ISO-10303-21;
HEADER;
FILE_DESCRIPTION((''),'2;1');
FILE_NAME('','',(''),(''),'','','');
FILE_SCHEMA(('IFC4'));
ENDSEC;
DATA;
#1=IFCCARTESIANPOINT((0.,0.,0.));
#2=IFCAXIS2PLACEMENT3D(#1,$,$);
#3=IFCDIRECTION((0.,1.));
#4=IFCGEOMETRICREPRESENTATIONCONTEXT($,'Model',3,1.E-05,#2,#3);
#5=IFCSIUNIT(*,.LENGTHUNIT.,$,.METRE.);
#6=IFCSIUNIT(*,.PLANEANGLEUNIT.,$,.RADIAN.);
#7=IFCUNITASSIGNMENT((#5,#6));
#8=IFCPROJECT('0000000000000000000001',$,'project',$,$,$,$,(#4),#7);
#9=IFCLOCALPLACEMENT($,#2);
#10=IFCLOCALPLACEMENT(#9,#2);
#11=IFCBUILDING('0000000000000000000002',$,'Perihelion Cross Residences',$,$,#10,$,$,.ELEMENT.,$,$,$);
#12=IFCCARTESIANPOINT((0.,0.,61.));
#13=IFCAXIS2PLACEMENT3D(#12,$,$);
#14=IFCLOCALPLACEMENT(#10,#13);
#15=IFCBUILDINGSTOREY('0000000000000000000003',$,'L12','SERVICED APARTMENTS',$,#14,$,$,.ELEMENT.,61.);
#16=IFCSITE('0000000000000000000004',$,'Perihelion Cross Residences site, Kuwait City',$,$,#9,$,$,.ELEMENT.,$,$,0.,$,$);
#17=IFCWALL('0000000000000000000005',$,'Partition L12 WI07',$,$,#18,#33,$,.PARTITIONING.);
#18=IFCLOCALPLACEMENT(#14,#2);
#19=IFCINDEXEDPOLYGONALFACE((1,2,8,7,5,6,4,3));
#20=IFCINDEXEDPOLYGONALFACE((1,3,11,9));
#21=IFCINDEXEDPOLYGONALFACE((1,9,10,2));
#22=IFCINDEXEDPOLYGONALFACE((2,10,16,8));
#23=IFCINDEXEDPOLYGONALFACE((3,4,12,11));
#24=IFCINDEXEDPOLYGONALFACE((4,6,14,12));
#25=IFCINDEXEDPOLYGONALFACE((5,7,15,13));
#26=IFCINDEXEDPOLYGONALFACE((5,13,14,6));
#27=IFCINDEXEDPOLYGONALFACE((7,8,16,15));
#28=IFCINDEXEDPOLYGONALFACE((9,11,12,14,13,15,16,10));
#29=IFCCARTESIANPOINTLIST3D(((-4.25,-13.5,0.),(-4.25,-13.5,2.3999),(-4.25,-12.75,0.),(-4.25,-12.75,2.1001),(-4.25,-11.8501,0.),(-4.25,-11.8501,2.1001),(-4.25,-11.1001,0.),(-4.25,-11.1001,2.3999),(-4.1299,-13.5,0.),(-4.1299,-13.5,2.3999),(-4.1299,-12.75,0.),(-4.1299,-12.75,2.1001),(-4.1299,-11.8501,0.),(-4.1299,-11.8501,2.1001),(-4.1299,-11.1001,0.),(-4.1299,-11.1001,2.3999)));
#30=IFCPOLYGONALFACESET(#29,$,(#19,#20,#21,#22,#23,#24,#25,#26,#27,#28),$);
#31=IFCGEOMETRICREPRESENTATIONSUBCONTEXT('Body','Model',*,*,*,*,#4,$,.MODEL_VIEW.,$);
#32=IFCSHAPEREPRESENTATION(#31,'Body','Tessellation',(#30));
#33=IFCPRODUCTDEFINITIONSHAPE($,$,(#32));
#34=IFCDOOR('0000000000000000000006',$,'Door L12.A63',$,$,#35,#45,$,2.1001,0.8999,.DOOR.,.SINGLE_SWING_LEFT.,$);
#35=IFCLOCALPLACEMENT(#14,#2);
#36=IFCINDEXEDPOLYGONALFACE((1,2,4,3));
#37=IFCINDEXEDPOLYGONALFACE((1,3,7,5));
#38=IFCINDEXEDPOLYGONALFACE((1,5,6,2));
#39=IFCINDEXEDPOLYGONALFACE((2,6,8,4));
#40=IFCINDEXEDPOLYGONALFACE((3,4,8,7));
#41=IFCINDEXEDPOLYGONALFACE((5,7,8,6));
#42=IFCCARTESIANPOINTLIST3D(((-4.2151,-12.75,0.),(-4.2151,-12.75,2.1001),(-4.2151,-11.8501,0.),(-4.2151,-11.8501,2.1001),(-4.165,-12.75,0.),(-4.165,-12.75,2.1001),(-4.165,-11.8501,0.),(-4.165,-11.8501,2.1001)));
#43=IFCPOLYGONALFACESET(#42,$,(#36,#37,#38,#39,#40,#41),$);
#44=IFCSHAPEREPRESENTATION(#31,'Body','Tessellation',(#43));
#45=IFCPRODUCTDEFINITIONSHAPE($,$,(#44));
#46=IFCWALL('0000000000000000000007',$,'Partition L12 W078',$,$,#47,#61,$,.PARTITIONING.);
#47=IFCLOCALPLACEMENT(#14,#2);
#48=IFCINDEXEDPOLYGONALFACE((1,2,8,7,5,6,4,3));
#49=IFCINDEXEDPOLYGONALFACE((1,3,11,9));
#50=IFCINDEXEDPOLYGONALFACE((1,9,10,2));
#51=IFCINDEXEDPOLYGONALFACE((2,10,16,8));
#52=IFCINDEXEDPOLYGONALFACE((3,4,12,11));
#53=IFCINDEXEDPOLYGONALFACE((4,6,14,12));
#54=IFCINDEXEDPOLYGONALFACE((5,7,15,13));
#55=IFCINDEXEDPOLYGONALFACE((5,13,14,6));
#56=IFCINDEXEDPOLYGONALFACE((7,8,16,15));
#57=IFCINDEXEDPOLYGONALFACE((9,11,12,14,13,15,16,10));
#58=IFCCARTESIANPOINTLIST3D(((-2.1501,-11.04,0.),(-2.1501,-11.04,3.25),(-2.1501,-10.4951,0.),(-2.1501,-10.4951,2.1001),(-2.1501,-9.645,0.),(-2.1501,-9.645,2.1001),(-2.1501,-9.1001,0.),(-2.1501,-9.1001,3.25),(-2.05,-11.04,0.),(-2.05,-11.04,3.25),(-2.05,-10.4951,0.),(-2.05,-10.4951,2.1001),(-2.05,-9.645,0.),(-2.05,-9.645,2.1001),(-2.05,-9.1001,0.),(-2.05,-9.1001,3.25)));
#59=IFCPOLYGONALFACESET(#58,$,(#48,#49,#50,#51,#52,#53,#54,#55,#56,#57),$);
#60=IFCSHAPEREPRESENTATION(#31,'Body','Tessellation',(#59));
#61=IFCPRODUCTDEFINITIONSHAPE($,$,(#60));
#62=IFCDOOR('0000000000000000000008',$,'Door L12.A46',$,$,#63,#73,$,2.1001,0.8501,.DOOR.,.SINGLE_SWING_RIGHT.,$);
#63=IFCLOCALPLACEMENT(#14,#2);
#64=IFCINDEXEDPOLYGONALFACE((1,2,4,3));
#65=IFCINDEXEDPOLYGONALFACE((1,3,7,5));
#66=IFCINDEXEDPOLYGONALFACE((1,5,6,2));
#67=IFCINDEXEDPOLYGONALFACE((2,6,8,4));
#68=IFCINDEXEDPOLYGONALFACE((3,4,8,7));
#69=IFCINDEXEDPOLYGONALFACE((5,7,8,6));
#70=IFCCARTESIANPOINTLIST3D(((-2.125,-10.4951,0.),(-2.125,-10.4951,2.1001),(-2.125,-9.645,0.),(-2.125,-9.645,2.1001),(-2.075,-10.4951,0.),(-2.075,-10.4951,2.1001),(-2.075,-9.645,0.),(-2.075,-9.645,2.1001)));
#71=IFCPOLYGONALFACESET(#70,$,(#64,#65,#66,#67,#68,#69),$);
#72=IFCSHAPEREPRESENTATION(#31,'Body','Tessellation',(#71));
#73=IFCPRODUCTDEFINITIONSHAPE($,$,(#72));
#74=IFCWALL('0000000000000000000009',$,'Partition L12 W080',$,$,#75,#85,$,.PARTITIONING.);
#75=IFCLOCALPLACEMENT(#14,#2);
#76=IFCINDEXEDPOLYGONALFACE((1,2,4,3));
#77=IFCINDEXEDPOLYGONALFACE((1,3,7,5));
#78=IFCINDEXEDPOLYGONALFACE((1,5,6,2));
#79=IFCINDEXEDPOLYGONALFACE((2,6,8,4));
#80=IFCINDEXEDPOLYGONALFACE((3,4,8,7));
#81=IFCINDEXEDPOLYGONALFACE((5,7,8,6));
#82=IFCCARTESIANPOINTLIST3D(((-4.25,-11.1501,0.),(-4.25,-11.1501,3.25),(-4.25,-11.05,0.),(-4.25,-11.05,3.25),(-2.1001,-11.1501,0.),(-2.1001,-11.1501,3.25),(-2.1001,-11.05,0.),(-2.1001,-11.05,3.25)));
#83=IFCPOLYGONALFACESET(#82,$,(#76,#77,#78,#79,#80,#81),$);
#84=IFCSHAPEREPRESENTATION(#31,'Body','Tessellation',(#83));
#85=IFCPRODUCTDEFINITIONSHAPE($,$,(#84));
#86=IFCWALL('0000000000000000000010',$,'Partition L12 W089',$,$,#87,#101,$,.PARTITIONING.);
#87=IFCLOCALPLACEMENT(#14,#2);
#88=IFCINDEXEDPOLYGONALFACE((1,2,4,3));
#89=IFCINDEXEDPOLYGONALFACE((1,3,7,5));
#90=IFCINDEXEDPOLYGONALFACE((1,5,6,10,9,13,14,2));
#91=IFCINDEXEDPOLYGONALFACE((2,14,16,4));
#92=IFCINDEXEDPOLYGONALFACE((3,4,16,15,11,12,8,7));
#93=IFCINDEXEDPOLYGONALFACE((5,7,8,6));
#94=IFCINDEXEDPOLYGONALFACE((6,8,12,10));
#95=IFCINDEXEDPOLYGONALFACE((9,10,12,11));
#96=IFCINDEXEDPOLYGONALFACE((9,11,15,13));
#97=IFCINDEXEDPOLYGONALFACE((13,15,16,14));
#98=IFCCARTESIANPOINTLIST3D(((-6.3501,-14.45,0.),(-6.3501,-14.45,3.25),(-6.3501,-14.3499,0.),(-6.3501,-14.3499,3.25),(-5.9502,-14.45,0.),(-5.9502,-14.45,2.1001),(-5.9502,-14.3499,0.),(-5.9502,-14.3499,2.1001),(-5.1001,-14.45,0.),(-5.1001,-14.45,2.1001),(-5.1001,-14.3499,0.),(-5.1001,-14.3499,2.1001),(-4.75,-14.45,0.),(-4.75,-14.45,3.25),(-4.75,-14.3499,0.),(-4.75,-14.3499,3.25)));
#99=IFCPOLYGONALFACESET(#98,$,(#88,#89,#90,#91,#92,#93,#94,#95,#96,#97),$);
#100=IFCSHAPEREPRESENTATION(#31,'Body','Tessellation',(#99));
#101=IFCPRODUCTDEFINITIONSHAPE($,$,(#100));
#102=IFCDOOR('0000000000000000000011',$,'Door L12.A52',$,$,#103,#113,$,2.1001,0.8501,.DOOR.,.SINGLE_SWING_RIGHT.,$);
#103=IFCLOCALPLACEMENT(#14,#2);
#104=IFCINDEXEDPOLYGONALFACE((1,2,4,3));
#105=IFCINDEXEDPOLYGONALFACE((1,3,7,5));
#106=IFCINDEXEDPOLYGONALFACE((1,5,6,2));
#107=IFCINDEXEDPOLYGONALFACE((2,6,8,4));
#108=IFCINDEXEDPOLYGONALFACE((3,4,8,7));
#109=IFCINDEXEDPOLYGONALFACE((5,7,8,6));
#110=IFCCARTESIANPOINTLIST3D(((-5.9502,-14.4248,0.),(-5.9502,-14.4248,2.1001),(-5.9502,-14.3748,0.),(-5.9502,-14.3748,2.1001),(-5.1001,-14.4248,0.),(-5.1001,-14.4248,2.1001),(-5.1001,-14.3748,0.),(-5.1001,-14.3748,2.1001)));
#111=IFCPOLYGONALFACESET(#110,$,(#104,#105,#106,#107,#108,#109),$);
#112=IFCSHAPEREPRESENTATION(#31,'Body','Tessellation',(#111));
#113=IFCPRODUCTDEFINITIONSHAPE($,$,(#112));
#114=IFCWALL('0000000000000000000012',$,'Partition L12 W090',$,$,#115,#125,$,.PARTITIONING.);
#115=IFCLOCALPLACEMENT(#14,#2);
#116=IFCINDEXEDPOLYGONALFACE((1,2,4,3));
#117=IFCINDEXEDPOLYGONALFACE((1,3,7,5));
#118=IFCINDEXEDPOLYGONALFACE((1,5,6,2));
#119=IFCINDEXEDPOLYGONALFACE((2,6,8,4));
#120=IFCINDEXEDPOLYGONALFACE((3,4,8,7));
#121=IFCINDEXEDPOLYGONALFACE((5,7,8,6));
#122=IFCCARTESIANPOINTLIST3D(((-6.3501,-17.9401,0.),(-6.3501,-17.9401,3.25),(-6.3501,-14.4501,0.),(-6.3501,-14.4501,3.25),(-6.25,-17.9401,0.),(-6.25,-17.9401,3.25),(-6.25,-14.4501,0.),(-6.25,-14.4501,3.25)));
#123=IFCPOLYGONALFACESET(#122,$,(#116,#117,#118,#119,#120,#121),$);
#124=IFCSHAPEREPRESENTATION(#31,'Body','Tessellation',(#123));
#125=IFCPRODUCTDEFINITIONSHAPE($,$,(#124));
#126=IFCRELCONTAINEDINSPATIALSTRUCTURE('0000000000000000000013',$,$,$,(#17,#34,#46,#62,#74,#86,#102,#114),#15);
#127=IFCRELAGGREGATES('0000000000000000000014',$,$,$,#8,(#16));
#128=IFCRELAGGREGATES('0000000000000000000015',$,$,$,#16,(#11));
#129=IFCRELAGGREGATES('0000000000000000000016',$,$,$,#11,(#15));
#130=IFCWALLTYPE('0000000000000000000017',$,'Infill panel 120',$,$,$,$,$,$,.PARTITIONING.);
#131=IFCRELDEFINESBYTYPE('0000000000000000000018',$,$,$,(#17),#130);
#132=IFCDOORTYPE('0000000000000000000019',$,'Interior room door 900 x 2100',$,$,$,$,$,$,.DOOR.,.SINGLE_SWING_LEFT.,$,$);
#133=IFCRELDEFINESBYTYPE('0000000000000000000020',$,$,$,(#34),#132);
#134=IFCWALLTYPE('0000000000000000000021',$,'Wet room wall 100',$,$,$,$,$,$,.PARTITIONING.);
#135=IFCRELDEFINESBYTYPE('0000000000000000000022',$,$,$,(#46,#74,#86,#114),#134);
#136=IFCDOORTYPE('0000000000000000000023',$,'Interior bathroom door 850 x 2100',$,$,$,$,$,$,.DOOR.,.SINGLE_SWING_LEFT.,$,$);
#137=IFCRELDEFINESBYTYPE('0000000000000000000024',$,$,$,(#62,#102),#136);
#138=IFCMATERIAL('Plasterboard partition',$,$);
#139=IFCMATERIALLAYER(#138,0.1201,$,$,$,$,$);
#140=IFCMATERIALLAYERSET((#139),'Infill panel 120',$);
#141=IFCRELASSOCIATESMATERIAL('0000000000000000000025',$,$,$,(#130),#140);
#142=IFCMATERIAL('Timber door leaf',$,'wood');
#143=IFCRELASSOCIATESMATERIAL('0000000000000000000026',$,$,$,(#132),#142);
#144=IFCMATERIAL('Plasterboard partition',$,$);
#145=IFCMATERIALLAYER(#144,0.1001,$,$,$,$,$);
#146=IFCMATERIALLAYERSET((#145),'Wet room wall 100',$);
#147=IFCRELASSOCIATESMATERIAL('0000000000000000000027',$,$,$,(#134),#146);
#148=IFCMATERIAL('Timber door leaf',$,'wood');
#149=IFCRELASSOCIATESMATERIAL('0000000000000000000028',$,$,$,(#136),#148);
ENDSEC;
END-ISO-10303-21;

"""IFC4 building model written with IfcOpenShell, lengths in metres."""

from ifc_helpers import new_model, si_unit, direction, frame, frame_2d, origin, place, context, subcontext, project, spatial, rectangle, extrude, material, layer, layer_set, type_object, element, fill, save


model = new_model("IFC4")

# Units and contexts
model_context = context("Model", 3, precision=1e-05, world=origin(), true_north=direction((0.0, 1.0)))
body_context = subcontext(model_context, "Body", "Model", "MODEL_VIEW")
ifc_project = project(units=[si_unit("LENGTHUNIT", "METRE"), si_unit("PLANEANGLEUNIT", "RADIAN")], contexts=[model_context])

# Site, building, storey
site_placement = place(None, origin())
site = spatial("IfcSite", under=ifc_project, at=site_placement, Name="Perihelion Cross Residences site, Kuwait City", CompositionType="ELEMENT", RefElevation=0.0)
building_placement = place(site_placement, origin())
building = spatial("IfcBuilding", under=site, at=building_placement, Name="Perihelion Cross Residences", CompositionType="ELEMENT")
storey_placement = place(building_placement, frame((0.0, 0.0, 61.0)))
storey = spatial("IfcBuildingStorey", under=building, at=storey_placement, Name="L12", Description="SERVICED APARTMENTS", CompositionType="ELEMENT", Elevation=61.0)

# Walls, openings, doors
ifc_material_1 = material(Name="Plasterboard partition")
ifc_layer_1 = layer(ifc_material_1, 0.1201)
ifc_layer_set_1 = layer_set([ifc_layer_1], Name="Infill panel 120")
wall_type_1 = type_object("IfcWallType", Name="Infill panel 120", PredefinedType="PARTITIONING", material=ifc_layer_set_1)
wall_1_placement = place(storey_placement, frame((-4.1899, -11.1001, 0.0), z_axis=(0.0, 0.0, 1.0), x_axis=(0.0, -1.0, 0.0)))
wall_1 = element("IfcWall", 1, at=wall_1_placement, inside=storey, type_object=wall_type_1, Name="Partition L12 WI07", PredefinedType="PARTITIONING", context=body_context, shape_type="SweptSolid", body=[
    extrude(rectangle(XDim=2.3999, YDim=0.1201, at=frame_2d((1.2, 0.0))), origin(), (0.0, 0.0, 1.0), 2.3999),
])
opening_1_placement = place(wall_1_placement, frame((0.75, 0.0, 0.0)))
opening_1 = element("IfcOpeningElement", 2, at=opening_1_placement, cuts=wall_1, PredefinedType="OPENING", context=body_context, shape_type="SweptSolid", body=[
    extrude(rectangle(XDim=0.8999, YDim=2.1001, at=frame_2d((0.45, 1.05))), frame((0.0, 0.0701, 0.0), z_axis=(0.0, -1.0, 0.0), x_axis=(1.0, 0.0, 0.0)), (0.0, 0.0, 1.0), 0.1401),
])
ifc_material_2 = material(Name="Timber door leaf", Category="wood")
door_type_1 = type_object("IfcDoorType", Name="Interior room door 900 x 2100", OperationType="SINGLE_SWING_LEFT", PredefinedType="DOOR", material=ifc_material_2)
door_1_placement = place(opening_1_placement, origin())
door_1 = element("IfcDoor", 3, at=door_1_placement, inside=storey, type_object=door_type_1, Name="Door L12.A63", OperationType="SINGLE_SWING_LEFT", OverallHeight=2.1001, OverallWidth=0.8999, PredefinedType="DOOR", context=body_context, shape_type="SweptSolid", body=[
    extrude(rectangle(XDim=0.8999, YDim=2.1001, at=frame_2d((0.45, 1.05))), frame((0.0, 0.0249, 0.0), z_axis=(0.0, -1.0, 0.0), x_axis=(1.0, 0.0, 0.0)), (0.0, 0.0, 1.0), 0.05),
])
fill(opening_1, door_1)
ifc_material_3 = material(Name="Plasterboard partition")
ifc_layer_2 = layer(ifc_material_3, 0.1001)
ifc_layer_set_2 = layer_set([ifc_layer_2], Name="Wet room wall 100")
wall_type_2 = type_object("IfcWallType", Name="Wet room wall 100", PredefinedType="PARTITIONING", material=ifc_layer_set_2)
wall_2_placement = place(storey_placement, frame((-2.1001, -11.04, 0.0), z_axis=(0.0, 0.0, 1.0), x_axis=(0.0, 1.0, 0.0)))
wall_2 = element("IfcWall", 4, at=wall_2_placement, inside=storey, type_object=wall_type_2, Name="Partition L12 W078", PredefinedType="PARTITIONING", context=body_context, shape_type="SweptSolid", body=[
    extrude(rectangle(XDim=1.9399, YDim=0.1001, at=frame_2d((0.97, 0.0))), origin(), (0.0, 0.0, 1.0), 3.25),
])
opening_2_placement = place(wall_2_placement, frame((0.5449, 0.0, 0.0)))
opening_2 = element("IfcOpeningElement", 5, at=opening_2_placement, cuts=wall_2, PredefinedType="OPENING", context=body_context, shape_type="SweptSolid", body=[
    extrude(rectangle(XDim=0.8501, YDim=2.1001, at=frame_2d((0.425, 1.05))), frame((0.0, 0.0601, 0.0), z_axis=(0.0, -1.0, 0.0), x_axis=(1.0, 0.0, 0.0)), (0.0, 0.0, 1.0), 0.1201),
])
ifc_material_4 = material(Name="Timber door leaf", Category="wood")
door_type_2 = type_object("IfcDoorType", Name="Interior bathroom door 850 x 2100", OperationType="SINGLE_SWING_LEFT", PredefinedType="DOOR", material=ifc_material_4)
door_2_placement = place(opening_2_placement, origin())
door_2 = element("IfcDoor", 6, at=door_2_placement, inside=storey, type_object=door_type_2, Name="Door L12.A46", OperationType="SINGLE_SWING_RIGHT", OverallHeight=2.1001, OverallWidth=0.8501, PredefinedType="DOOR", context=body_context, shape_type="SweptSolid", body=[
    extrude(rectangle(XDim=0.8501, YDim=2.1001, at=frame_2d((0.425, 1.05))), frame((0.0, 0.0249, 0.0), z_axis=(0.0, -1.0, 0.0), x_axis=(1.0, 0.0, 0.0)), (0.0, 0.0, 1.0), 0.05),
])
fill(opening_2, door_2)

# Wall
wall_3_placement = place(storey_placement, frame((-2.1001, -11.1001, 0.0), z_axis=(0.0, 0.0, 1.0), x_axis=(-1.0, 0.0, 0.0)))
element("IfcWall", 7, at=wall_3_placement, inside=storey, type_object=wall_type_2, Name="Partition L12 W080", PredefinedType="PARTITIONING", context=body_context, shape_type="SweptSolid", body=[
    extrude(rectangle(XDim=2.1499, YDim=0.1001, at=frame_2d((1.075, 0.0))), origin(), (0.0, 0.0, 1.0), 3.25),
])

# Wall, opening, door
wall_4_placement = place(storey_placement, frame((-4.75, -14.3999, 0.0), z_axis=(0.0, 0.0, 1.0), x_axis=(-1.0, 0.0, 0.0)))
wall_4 = element("IfcWall", 8, at=wall_4_placement, inside=storey, type_object=wall_type_2, Name="Partition L12 W089", PredefinedType="PARTITIONING", context=body_context, shape_type="SweptSolid", body=[
    extrude(rectangle(XDim=1.6001, YDim=0.1001, at=frame_2d((0.8, 0.0))), origin(), (0.0, 0.0, 1.0), 3.25),
])
opening_3_placement = place(wall_4_placement, frame((0.3501, 0.0, 0.0)))
opening_3 = element("IfcOpeningElement", 9, at=opening_3_placement, cuts=wall_4, PredefinedType="OPENING", context=body_context, shape_type="SweptSolid", body=[
    extrude(rectangle(XDim=0.8501, YDim=2.1001, at=frame_2d((0.425, 1.05))), frame((0.0, 0.0601, 0.0), z_axis=(0.0, -1.0, 0.0), x_axis=(1.0, 0.0, 0.0)), (0.0, 0.0, 1.0), 0.1201),
])
door_3_placement = place(opening_3_placement, origin())
door_3 = element("IfcDoor", 10, at=door_3_placement, inside=storey, type_object=door_type_2, Name="Door L12.A52", OperationType="SINGLE_SWING_RIGHT", OverallHeight=2.1001, OverallWidth=0.8501, PredefinedType="DOOR", context=body_context, shape_type="SweptSolid", body=[
    extrude(rectangle(XDim=0.8501, YDim=2.1001, at=frame_2d((0.425, 1.05))), frame((0.0, 0.0249, 0.0), z_axis=(0.0, -1.0, 0.0), x_axis=(1.0, 0.0, 0.0)), (0.0, 0.0, 1.0), 0.05),
])
fill(opening_3, door_3)

# Wall
wall_5_placement = place(storey_placement, frame((-6.3, -14.45, 0.0), z_axis=(0.0, 0.0, 1.0), x_axis=(0.0, -1.0, 0.0)))
element("IfcWall", 11, at=wall_5_placement, inside=storey, type_object=wall_type_2, Name="Partition L12 W090", PredefinedType="PARTITIONING", context=body_context, shape_type="SweptSolid", body=[
    extrude(rectangle(XDim=3.49, YDim=0.1001, at=frame_2d((1.7451, 0.0))), origin(), (0.0, 0.0, 1.0), 3.25),
])

save(model, "model.ifc")
